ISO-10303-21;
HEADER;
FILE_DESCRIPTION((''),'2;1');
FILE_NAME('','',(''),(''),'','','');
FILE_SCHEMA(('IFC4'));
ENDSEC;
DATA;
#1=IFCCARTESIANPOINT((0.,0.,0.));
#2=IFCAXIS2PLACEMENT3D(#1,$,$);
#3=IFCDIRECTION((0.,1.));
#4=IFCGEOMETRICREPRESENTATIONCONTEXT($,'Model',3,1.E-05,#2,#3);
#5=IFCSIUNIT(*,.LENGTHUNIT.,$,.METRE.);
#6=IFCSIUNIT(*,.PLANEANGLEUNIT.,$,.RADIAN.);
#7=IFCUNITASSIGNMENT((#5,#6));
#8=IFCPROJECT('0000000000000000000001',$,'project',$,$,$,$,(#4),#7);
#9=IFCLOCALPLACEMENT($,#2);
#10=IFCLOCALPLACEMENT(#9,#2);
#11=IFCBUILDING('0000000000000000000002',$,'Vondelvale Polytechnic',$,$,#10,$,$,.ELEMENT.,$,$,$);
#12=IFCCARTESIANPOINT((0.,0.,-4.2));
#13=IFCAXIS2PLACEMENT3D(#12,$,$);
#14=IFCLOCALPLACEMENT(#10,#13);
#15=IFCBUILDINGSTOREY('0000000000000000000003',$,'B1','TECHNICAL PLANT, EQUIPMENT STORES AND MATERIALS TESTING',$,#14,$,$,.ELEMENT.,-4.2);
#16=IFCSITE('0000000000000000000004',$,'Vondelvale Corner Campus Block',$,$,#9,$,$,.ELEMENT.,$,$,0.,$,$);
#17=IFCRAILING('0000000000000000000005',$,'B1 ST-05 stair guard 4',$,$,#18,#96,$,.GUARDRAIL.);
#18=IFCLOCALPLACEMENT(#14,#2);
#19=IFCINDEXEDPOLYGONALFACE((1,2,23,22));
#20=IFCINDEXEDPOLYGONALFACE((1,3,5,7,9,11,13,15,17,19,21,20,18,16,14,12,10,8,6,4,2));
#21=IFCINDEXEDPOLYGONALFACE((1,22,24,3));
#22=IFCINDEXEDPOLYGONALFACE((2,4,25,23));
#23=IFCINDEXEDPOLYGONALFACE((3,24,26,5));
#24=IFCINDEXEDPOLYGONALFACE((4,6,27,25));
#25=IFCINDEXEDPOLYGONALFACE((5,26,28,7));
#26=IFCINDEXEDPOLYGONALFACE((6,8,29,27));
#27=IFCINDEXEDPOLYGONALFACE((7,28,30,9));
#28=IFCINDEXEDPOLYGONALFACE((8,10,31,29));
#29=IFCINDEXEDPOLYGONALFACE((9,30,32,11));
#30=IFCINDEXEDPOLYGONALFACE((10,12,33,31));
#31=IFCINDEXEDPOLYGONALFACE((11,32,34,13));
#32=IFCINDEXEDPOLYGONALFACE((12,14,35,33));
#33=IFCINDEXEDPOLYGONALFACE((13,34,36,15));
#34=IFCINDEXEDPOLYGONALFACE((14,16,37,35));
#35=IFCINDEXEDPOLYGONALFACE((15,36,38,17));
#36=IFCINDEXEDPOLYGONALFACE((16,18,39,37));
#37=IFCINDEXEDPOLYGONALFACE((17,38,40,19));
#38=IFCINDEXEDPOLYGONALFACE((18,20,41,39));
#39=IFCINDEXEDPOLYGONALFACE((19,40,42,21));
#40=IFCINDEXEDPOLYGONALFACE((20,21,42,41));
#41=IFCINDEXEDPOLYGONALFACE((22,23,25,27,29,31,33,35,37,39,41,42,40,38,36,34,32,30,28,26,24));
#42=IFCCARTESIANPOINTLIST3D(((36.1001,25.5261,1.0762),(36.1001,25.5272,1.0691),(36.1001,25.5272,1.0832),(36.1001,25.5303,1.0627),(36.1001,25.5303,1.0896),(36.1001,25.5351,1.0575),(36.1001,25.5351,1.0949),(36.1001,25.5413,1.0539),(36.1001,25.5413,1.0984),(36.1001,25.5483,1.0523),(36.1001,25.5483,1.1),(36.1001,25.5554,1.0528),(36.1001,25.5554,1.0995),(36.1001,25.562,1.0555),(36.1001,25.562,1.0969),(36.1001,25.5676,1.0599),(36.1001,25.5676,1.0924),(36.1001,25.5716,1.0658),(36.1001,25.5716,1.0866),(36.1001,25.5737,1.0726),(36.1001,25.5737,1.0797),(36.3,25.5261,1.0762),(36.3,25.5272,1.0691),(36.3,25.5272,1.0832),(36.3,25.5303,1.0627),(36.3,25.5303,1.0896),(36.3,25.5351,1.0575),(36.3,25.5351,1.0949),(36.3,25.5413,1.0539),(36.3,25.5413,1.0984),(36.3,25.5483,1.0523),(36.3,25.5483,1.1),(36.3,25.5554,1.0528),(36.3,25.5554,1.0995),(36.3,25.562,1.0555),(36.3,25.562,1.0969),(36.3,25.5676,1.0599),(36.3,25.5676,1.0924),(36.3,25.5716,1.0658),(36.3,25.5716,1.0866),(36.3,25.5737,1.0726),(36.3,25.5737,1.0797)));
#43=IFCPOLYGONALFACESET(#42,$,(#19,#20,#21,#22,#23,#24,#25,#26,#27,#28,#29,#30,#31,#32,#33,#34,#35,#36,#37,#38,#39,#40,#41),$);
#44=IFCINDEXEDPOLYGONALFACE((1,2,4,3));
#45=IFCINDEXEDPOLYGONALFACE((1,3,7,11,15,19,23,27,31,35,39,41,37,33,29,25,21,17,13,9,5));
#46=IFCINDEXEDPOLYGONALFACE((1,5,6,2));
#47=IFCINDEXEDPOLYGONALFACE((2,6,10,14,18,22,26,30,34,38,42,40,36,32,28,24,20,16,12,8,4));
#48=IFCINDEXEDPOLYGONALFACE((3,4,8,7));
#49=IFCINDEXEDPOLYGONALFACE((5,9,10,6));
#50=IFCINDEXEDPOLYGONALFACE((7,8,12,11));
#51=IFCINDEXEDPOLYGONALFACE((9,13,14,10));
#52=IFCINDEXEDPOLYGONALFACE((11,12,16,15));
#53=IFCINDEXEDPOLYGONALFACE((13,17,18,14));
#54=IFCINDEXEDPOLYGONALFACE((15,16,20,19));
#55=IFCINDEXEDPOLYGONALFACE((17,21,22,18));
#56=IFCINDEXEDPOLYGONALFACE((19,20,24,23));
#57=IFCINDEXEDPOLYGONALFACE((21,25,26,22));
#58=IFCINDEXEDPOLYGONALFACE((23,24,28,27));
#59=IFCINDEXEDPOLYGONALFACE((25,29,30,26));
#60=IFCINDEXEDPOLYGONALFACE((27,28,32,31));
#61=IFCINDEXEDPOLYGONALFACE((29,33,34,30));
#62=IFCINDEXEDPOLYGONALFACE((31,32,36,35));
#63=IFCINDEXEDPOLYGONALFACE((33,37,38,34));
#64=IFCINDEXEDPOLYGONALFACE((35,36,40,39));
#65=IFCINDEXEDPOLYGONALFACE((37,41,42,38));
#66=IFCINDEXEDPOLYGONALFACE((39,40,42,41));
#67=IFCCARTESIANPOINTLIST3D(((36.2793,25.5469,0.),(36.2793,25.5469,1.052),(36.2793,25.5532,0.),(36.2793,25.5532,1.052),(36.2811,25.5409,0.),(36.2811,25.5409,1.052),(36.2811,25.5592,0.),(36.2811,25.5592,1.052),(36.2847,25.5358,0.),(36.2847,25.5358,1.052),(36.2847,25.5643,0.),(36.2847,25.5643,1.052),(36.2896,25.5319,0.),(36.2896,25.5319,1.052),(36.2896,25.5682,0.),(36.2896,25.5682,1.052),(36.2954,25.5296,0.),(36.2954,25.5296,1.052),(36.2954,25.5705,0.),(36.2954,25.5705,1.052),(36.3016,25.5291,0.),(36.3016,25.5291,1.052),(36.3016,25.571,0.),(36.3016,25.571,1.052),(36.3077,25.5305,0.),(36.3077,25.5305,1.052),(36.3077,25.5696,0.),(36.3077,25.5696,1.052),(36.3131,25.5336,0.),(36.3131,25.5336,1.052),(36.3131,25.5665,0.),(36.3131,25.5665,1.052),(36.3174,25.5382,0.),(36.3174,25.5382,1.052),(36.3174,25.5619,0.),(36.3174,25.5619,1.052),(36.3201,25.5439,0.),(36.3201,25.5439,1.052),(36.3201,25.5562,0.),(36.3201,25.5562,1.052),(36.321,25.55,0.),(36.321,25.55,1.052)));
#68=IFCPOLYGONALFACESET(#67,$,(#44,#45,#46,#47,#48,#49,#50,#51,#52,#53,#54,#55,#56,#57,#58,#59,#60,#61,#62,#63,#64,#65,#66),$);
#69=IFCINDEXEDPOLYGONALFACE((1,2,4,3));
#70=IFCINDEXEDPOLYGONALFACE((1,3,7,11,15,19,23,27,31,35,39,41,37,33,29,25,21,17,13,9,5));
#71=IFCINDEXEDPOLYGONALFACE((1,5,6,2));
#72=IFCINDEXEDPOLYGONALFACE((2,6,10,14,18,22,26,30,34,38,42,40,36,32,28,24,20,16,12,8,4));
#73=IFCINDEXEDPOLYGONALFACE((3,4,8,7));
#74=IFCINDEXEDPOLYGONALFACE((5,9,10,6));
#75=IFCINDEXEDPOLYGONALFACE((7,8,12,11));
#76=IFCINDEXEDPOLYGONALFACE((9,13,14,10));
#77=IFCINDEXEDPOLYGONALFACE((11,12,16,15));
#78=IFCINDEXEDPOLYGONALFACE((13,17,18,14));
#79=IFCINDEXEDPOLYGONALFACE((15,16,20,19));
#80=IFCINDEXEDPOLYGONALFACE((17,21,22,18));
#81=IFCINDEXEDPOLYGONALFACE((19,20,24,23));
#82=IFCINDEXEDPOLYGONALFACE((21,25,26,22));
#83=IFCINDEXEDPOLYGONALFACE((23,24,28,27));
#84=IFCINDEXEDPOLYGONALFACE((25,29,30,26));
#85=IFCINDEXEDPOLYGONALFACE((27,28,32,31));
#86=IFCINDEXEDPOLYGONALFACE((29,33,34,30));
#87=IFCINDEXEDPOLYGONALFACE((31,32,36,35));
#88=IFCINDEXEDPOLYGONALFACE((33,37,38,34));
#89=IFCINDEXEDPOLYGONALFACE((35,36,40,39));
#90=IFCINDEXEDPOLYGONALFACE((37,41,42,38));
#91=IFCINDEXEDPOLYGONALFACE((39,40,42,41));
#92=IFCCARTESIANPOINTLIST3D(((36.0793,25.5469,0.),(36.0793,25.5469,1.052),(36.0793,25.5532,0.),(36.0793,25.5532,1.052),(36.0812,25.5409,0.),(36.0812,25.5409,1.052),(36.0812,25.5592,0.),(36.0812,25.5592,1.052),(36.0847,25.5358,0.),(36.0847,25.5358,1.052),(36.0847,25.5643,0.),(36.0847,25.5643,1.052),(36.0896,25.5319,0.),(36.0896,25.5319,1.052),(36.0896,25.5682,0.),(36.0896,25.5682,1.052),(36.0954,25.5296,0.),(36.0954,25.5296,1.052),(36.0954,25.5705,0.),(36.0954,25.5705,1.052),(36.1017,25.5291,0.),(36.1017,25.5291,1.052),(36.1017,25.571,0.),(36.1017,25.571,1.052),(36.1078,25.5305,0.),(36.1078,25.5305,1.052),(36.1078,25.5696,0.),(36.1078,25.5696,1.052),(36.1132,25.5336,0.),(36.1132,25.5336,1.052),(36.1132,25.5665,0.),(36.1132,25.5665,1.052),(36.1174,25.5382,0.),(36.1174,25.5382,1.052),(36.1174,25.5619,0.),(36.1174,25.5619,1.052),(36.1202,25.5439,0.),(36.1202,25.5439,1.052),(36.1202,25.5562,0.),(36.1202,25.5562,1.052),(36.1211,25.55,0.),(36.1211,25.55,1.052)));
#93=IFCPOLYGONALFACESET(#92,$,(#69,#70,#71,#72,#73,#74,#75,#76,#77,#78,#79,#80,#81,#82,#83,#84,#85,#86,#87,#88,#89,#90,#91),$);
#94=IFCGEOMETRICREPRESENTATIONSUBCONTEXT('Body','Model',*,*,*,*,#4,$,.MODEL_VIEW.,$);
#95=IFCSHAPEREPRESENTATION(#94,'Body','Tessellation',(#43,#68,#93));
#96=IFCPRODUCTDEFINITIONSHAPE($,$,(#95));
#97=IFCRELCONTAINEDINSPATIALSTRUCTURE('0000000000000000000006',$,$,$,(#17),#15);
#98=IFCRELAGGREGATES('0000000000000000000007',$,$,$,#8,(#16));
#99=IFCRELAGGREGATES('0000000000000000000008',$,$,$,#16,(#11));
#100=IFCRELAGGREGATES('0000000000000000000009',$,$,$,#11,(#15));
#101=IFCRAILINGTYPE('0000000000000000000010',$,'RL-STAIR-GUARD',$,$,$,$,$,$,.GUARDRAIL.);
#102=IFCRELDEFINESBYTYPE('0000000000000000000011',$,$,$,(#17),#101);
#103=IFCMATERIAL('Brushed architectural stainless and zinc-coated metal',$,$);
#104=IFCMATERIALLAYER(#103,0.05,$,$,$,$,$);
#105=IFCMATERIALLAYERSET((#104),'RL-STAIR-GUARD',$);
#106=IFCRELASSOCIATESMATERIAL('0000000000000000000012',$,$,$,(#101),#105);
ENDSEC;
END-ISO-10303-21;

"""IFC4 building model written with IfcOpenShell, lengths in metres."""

from ifc_helpers import new_model, si_unit, direction, frame, origin, origin_2d, place, context, subcontext, project, spatial, circle, extrude, material, layer, layer_set, type_object, element, save


model = new_model("IFC4")

# Units and contexts
model_context = context("Model", 3, precision=1e-05, world=origin(), true_north=direction((0.0, 1.0)))
body_context = subcontext(model_context, "Body", "Model", "MODEL_VIEW")
ifc_project = project(units=[si_unit("LENGTHUNIT", "METRE"), si_unit("PLANEANGLEUNIT", "RADIAN")], contexts=[model_context])

# Site, building, storey
site_placement = place(None, origin())
site = spatial("IfcSite", under=ifc_project, at=site_placement, Name="Vondelvale Corner Campus Block", CompositionType="ELEMENT", RefElevation=0.0)
building_placement = place(site_placement, origin())
building = spatial("IfcBuilding", under=site, at=building_placement, Name="Vondelvale Polytechnic", CompositionType="ELEMENT")
storey_placement = place(building_placement, frame((0.0, 0.0, -4.2)))
storey = spatial("IfcBuildingStorey", under=building, at=storey_placement, Name="B1", Description="TECHNICAL PLANT, EQUIPMENT STORES AND MATERIALS TESTING", CompositionType="ELEMENT", Elevation=-4.2)

# Shared definitions
ifc_material_1 = material(Name="Brushed architectural stainless and zinc-coated metal")

# Railing
ifc_layer_1 = layer(ifc_material_1, 0.05)
ifc_layer_set_1 = layer_set([ifc_layer_1], Name="RL-STAIR-GUARD")
railing_type_1 = type_object("IfcRailingType", Name="RL-STAIR-GUARD", PredefinedType="GUARDRAIL", material=ifc_layer_set_1)
railing_1_placement = place(storey_placement, frame((36.3, 25.55, 0.0)))
element("IfcRailing", 1, at=railing_1_placement, inside=storey, type_object=railing_type_1, Name="B1 ST-05 stair guard 4", PredefinedType="GUARDRAIL", context=body_context, shape_type="SweptSolid", body=[
    extrude(circle(Radius=0.0239, at=origin_2d()), frame((0.0, 0.0, 1.0762), z_axis=(-1.0, 0.0, 0.0), x_axis=(0.0, -1.0, 0.0)), (0.0, 0.0, 1.0), 0.2),
    extrude(circle(Radius=0.021, at=origin_2d()), origin(), (0.0, 0.0, 1.0), 1.052),
    extrude(circle(Radius=0.021, at=origin_2d()), frame((-0.2, 0.0, 0.0)), (0.0, 0.0, 1.0), 1.052),
])

save(model, "model.ifc")
